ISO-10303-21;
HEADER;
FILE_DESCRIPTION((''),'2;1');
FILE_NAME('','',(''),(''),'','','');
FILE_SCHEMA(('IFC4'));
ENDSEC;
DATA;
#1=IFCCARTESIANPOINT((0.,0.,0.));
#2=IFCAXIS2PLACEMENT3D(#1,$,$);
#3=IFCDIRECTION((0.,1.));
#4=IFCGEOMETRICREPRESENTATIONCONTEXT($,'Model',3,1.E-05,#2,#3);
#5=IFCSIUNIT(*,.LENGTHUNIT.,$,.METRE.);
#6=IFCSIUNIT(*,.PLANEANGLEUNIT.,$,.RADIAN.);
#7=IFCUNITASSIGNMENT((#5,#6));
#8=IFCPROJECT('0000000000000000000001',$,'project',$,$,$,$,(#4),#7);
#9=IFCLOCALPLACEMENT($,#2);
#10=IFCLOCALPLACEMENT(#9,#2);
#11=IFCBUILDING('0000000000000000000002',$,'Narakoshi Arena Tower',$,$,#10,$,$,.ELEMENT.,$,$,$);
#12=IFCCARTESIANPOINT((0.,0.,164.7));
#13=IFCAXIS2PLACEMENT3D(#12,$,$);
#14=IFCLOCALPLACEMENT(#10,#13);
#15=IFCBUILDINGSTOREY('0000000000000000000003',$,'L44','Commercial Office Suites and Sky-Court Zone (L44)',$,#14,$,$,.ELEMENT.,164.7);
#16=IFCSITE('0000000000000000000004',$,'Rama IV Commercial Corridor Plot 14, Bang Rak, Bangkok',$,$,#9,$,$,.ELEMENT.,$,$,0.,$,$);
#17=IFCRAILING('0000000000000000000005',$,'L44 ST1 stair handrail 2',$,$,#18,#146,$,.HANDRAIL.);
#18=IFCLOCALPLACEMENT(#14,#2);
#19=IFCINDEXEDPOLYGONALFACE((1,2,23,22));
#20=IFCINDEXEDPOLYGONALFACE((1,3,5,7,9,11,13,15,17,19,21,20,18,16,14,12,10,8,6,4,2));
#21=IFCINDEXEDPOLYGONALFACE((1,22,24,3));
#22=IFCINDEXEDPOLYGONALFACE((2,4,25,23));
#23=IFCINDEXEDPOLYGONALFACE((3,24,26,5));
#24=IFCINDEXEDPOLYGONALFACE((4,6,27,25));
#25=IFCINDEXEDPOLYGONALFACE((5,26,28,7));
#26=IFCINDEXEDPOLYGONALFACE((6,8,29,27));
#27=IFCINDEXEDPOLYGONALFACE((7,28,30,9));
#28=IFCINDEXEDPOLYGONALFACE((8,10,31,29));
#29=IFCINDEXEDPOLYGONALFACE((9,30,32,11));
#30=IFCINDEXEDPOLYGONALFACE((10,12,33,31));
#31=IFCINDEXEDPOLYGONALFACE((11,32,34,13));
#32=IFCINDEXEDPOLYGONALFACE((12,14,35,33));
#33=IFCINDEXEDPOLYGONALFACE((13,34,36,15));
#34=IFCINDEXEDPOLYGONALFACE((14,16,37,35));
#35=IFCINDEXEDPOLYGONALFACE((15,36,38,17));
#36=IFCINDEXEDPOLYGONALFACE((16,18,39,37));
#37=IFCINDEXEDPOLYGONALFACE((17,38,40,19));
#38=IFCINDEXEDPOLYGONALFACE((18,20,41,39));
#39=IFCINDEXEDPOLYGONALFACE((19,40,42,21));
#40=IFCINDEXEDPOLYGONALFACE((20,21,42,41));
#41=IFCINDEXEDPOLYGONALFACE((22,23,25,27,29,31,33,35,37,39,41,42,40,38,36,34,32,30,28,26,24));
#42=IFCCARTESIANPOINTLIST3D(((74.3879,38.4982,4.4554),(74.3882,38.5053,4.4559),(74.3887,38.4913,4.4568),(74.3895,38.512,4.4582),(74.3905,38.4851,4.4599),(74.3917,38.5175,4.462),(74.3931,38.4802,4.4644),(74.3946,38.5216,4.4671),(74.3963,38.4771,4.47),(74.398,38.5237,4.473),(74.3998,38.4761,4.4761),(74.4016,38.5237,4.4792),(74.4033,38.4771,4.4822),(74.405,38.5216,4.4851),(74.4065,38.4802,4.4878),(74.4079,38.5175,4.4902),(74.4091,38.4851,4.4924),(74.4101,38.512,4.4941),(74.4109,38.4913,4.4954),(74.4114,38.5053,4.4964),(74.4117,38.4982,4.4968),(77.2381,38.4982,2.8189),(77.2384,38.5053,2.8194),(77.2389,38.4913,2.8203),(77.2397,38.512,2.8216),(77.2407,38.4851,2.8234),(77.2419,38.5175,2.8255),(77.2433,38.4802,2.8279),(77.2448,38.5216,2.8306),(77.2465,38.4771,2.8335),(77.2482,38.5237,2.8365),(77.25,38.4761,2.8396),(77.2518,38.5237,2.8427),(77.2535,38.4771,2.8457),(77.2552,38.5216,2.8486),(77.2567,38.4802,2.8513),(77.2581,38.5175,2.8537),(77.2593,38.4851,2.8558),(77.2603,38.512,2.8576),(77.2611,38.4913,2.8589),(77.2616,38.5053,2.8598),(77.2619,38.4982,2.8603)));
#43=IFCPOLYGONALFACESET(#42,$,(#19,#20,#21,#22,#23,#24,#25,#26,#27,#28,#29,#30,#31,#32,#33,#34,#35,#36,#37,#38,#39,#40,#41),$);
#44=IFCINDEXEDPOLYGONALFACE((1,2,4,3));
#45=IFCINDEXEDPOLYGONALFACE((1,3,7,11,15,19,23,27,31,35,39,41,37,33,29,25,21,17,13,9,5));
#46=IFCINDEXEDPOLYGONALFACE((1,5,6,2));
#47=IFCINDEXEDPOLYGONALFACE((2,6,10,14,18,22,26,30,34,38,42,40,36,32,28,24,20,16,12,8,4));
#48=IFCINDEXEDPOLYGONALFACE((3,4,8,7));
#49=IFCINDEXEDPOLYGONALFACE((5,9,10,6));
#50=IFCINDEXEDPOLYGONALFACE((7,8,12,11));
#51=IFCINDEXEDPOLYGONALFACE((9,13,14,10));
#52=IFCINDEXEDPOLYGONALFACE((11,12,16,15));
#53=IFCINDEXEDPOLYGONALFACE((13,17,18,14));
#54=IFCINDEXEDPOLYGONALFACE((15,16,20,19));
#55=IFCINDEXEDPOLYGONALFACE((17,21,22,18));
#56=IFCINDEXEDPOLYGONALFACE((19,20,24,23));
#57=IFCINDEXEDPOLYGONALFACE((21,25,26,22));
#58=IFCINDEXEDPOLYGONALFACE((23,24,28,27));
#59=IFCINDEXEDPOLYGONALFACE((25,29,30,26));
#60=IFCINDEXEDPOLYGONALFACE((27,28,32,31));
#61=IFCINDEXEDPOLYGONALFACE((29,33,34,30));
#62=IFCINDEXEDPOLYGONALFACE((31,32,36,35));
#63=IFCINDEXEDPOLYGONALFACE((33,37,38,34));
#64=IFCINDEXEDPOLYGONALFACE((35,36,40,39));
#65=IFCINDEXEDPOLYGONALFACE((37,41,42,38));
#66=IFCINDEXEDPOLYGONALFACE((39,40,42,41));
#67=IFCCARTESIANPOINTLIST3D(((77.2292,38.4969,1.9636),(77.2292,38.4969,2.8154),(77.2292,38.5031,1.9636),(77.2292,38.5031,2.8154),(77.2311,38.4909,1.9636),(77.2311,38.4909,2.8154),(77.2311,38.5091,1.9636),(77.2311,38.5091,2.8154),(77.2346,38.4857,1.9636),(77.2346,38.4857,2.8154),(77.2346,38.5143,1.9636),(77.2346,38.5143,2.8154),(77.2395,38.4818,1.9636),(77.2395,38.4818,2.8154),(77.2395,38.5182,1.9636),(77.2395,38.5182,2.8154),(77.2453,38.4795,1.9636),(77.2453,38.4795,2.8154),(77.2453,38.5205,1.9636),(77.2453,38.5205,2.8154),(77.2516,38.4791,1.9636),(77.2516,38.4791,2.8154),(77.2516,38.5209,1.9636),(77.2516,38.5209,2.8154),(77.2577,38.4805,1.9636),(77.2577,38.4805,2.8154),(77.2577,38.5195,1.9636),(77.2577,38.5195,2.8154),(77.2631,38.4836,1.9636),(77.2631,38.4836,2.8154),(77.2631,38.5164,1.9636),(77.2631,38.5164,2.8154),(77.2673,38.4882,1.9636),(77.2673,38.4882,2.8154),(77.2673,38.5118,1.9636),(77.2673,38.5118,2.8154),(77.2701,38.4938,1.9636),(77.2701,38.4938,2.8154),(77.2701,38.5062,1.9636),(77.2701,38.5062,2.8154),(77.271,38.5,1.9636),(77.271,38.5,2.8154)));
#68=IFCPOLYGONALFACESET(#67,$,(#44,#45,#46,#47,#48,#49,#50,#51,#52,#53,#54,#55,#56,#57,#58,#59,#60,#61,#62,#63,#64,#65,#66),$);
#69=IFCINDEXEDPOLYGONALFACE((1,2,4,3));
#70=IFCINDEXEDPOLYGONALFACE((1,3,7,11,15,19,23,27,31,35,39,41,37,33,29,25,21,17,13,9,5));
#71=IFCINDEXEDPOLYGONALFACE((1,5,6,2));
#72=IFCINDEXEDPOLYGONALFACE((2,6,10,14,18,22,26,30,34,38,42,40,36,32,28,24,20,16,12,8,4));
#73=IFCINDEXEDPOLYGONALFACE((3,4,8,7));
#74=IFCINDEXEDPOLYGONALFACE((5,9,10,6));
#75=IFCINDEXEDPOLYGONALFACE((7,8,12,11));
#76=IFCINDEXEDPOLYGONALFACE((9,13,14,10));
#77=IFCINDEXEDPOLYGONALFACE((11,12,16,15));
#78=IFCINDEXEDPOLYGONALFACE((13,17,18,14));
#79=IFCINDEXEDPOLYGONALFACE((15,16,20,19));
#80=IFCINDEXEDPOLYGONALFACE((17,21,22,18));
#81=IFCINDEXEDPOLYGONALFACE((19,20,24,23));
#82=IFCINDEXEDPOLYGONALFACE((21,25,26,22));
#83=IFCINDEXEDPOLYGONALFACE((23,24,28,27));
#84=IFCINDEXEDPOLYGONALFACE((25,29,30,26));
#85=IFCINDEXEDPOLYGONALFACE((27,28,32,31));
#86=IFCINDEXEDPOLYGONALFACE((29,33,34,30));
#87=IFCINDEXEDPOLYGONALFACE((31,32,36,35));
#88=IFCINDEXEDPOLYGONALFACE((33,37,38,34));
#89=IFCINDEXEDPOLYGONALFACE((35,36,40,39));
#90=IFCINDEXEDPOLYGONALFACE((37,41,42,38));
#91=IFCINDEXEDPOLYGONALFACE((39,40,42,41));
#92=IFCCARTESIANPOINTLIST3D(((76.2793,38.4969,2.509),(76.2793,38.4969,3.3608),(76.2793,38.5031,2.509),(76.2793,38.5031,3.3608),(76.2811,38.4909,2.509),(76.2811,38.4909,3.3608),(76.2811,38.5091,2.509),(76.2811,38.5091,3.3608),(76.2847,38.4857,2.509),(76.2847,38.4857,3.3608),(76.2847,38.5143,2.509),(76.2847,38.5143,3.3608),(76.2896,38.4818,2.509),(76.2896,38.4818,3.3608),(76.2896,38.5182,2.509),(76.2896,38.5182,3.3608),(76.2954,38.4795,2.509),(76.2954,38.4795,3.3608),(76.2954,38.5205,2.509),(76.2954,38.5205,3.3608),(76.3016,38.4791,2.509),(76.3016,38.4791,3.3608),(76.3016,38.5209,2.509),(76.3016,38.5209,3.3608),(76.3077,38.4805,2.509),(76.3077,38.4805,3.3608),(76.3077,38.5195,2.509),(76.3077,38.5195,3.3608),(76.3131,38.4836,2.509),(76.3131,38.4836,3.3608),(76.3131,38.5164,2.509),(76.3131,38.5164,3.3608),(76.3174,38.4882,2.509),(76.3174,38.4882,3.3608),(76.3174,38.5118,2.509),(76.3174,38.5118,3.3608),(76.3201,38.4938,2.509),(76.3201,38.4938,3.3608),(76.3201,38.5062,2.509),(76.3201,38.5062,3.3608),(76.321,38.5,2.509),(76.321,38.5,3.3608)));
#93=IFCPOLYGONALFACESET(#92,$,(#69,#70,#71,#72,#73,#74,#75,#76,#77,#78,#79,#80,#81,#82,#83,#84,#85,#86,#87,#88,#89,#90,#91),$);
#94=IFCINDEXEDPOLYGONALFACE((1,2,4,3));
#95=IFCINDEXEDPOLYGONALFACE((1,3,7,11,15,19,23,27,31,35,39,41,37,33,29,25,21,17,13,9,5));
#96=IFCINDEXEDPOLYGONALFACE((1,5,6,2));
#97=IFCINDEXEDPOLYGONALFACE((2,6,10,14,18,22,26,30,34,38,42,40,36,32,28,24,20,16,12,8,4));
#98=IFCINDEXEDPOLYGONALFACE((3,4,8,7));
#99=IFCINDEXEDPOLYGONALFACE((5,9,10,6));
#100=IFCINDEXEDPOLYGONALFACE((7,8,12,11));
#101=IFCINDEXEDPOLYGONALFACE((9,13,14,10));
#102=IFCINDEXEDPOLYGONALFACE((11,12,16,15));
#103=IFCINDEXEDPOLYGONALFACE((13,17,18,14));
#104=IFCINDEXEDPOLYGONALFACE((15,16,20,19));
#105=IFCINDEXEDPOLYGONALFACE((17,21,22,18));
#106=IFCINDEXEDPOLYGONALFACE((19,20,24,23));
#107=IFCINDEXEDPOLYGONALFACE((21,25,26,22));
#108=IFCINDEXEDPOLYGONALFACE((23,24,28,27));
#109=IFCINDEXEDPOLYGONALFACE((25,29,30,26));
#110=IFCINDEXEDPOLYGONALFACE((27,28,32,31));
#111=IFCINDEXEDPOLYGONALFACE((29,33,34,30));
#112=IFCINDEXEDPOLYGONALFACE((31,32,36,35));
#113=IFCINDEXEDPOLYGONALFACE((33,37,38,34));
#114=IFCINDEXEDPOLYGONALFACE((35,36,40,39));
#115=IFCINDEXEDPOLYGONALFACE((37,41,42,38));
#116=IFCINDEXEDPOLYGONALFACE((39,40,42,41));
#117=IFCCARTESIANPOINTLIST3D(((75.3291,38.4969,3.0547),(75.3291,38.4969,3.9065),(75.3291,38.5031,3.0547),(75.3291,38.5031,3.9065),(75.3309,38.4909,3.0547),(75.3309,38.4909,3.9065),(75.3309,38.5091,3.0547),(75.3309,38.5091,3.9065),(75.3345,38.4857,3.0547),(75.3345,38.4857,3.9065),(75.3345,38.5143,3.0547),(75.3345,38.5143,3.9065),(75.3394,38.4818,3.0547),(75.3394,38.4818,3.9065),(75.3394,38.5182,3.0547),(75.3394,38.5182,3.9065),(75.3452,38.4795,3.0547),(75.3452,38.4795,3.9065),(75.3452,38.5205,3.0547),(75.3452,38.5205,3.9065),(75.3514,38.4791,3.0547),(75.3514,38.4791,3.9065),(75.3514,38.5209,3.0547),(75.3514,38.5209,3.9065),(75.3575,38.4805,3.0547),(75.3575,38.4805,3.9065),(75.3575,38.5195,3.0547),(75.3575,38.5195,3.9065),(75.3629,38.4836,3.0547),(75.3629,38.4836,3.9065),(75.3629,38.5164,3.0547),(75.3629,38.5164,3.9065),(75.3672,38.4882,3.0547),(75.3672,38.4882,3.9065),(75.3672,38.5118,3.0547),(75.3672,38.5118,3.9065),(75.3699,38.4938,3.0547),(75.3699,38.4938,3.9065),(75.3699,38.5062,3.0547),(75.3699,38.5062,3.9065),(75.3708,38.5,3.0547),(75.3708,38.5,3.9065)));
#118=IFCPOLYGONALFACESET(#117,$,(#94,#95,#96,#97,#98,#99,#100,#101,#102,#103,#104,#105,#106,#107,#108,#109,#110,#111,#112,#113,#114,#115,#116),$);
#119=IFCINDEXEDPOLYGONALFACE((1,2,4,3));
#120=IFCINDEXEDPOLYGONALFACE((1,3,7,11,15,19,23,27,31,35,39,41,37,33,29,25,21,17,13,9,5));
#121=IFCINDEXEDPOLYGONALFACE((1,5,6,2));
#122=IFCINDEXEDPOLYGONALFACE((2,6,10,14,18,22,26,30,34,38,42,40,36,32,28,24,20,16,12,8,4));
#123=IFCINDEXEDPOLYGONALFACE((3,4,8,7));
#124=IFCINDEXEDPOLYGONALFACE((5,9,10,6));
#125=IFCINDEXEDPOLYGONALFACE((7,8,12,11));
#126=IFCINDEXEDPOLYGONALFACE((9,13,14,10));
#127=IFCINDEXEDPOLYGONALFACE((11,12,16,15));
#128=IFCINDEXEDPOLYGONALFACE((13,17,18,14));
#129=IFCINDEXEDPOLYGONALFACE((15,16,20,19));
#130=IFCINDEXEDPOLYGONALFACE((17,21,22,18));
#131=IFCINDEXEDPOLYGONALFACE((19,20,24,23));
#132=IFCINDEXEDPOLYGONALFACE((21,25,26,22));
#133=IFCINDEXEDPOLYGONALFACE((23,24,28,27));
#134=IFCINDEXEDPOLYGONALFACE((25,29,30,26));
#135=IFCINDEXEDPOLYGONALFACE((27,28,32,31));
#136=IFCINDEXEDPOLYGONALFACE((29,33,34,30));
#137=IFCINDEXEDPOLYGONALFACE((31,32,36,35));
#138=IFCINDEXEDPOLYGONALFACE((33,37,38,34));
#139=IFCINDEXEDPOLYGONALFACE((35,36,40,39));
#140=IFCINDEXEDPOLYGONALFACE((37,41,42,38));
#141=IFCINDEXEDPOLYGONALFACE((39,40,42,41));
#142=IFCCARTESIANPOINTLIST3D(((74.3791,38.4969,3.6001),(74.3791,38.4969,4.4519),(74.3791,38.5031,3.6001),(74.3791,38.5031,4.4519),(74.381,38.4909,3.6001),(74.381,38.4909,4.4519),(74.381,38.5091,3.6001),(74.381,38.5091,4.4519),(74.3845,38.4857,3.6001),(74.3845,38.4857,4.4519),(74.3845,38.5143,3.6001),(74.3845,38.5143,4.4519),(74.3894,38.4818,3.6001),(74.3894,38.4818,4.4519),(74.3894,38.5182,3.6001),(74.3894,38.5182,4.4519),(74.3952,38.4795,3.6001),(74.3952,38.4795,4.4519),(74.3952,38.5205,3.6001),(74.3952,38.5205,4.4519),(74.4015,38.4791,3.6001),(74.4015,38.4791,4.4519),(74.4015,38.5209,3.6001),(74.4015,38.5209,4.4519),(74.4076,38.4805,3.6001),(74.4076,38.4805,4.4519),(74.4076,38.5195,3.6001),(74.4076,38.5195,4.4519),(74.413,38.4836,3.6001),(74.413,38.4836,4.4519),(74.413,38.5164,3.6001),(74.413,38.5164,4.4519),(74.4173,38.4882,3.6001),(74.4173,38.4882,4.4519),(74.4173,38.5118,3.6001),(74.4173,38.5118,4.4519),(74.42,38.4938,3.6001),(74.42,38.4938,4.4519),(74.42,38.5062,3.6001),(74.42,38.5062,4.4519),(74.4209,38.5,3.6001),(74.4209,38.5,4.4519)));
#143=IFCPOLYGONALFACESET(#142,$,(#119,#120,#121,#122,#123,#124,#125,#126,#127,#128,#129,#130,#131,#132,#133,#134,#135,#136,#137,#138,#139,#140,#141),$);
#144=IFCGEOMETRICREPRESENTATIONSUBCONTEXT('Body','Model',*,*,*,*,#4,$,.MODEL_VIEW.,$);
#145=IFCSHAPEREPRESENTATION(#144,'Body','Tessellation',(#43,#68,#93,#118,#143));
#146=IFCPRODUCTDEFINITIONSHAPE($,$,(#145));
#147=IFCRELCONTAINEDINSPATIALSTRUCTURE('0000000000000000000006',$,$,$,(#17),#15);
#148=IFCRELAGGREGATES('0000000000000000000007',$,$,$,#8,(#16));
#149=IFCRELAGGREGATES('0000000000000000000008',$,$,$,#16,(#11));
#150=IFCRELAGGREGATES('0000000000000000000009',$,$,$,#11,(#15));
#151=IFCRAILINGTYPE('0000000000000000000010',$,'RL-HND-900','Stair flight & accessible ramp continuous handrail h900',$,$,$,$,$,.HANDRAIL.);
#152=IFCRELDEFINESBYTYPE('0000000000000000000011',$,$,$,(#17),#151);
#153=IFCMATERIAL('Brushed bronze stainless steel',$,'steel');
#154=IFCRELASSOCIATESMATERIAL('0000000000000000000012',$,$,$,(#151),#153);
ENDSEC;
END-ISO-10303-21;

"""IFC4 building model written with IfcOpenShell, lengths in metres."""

from ifc_helpers import new_model, si_unit, direction, frame, origin, origin_2d, place, context, subcontext, project, spatial, circle, extrude, material, type_object, element, save


model = new_model("IFC4")

# Units and contexts
model_context = context("Model", 3, precision=1e-05, world=origin(), true_north=direction((0.0, 1.0)))
body_context = subcontext(model_context, "Body", "Model", "MODEL_VIEW")
ifc_project = project(units=[si_unit("LENGTHUNIT", "METRE"), si_unit("PLANEANGLEUNIT", "RADIAN")], contexts=[model_context])

# Site, building, storey
site_placement = place(None, origin())
site = spatial("IfcSite", under=ifc_project, at=site_placement, Name="Rama IV Commercial Corridor Plot 14, Bang Rak, Bangkok", CompositionType="ELEMENT", RefElevation=0.0)
building_placement = place(site_placement, origin())
building = spatial("IfcBuilding", under=site, at=building_placement, Name="Narakoshi Arena Tower", CompositionType="ELEMENT")
storey_placement = place(building_placement, frame((0.0, 0.0, 164.7)))
storey = spatial("IfcBuildingStorey", under=building, at=storey_placement, Name="L44", Description="Commercial Office Suites and Sky-Court Zone (L44)", CompositionType="ELEMENT", Elevation=164.7)

# Railing
ifc_material_1 = material(Name="Brushed bronze stainless steel", Category="steel")
railing_type_1 = type_object("IfcRailingType", Name="RL-HND-900", Description="Stair flight & accessible ramp continuous handrail h900", PredefinedType="HANDRAIL", material=ifc_material_1)
for number, where, name in (
    (1, (77.25, 38.5, 1.9636), "L44 ST1 stair handrail 2"),
):
    element("IfcRailing", number, at=place(storey_placement, frame(where)), inside=storey, type_object=railing_type_1, Name=name, PredefinedType="HANDRAIL", context=body_context, shape_type="SweptSolid", body=[
        extrude(circle(Radius=0.0239, at=origin_2d()), frame((0.0, 0.0, 0.876), z_axis=(-0.867213, 0.0, 0.497938), x_axis=(0.0, -1.0, 0.0)), (0.0, 0.0, 1.0), 3.2866),
        extrude(circle(Radius=0.021, at=origin_2d()), origin(), (0.0, 0.0, 1.0), 0.8518),
        extrude(circle(Radius=0.021, at=origin_2d()), frame((-0.95, 0.0, 0.5454)), (0.0, 0.0, 1.0), 0.8518),
        extrude(circle(Radius=0.021, at=origin_2d()), frame((-1.9001, 0.0, 1.0911)), (0.0, 0.0, 1.0), 0.8518),
        extrude(circle(Radius=0.021, at=origin_2d()), frame((-2.8501, 0.0, 1.6365)), (0.0, 0.0, 1.0), 0.8518),
    ])

save(model, "model.ifc")
